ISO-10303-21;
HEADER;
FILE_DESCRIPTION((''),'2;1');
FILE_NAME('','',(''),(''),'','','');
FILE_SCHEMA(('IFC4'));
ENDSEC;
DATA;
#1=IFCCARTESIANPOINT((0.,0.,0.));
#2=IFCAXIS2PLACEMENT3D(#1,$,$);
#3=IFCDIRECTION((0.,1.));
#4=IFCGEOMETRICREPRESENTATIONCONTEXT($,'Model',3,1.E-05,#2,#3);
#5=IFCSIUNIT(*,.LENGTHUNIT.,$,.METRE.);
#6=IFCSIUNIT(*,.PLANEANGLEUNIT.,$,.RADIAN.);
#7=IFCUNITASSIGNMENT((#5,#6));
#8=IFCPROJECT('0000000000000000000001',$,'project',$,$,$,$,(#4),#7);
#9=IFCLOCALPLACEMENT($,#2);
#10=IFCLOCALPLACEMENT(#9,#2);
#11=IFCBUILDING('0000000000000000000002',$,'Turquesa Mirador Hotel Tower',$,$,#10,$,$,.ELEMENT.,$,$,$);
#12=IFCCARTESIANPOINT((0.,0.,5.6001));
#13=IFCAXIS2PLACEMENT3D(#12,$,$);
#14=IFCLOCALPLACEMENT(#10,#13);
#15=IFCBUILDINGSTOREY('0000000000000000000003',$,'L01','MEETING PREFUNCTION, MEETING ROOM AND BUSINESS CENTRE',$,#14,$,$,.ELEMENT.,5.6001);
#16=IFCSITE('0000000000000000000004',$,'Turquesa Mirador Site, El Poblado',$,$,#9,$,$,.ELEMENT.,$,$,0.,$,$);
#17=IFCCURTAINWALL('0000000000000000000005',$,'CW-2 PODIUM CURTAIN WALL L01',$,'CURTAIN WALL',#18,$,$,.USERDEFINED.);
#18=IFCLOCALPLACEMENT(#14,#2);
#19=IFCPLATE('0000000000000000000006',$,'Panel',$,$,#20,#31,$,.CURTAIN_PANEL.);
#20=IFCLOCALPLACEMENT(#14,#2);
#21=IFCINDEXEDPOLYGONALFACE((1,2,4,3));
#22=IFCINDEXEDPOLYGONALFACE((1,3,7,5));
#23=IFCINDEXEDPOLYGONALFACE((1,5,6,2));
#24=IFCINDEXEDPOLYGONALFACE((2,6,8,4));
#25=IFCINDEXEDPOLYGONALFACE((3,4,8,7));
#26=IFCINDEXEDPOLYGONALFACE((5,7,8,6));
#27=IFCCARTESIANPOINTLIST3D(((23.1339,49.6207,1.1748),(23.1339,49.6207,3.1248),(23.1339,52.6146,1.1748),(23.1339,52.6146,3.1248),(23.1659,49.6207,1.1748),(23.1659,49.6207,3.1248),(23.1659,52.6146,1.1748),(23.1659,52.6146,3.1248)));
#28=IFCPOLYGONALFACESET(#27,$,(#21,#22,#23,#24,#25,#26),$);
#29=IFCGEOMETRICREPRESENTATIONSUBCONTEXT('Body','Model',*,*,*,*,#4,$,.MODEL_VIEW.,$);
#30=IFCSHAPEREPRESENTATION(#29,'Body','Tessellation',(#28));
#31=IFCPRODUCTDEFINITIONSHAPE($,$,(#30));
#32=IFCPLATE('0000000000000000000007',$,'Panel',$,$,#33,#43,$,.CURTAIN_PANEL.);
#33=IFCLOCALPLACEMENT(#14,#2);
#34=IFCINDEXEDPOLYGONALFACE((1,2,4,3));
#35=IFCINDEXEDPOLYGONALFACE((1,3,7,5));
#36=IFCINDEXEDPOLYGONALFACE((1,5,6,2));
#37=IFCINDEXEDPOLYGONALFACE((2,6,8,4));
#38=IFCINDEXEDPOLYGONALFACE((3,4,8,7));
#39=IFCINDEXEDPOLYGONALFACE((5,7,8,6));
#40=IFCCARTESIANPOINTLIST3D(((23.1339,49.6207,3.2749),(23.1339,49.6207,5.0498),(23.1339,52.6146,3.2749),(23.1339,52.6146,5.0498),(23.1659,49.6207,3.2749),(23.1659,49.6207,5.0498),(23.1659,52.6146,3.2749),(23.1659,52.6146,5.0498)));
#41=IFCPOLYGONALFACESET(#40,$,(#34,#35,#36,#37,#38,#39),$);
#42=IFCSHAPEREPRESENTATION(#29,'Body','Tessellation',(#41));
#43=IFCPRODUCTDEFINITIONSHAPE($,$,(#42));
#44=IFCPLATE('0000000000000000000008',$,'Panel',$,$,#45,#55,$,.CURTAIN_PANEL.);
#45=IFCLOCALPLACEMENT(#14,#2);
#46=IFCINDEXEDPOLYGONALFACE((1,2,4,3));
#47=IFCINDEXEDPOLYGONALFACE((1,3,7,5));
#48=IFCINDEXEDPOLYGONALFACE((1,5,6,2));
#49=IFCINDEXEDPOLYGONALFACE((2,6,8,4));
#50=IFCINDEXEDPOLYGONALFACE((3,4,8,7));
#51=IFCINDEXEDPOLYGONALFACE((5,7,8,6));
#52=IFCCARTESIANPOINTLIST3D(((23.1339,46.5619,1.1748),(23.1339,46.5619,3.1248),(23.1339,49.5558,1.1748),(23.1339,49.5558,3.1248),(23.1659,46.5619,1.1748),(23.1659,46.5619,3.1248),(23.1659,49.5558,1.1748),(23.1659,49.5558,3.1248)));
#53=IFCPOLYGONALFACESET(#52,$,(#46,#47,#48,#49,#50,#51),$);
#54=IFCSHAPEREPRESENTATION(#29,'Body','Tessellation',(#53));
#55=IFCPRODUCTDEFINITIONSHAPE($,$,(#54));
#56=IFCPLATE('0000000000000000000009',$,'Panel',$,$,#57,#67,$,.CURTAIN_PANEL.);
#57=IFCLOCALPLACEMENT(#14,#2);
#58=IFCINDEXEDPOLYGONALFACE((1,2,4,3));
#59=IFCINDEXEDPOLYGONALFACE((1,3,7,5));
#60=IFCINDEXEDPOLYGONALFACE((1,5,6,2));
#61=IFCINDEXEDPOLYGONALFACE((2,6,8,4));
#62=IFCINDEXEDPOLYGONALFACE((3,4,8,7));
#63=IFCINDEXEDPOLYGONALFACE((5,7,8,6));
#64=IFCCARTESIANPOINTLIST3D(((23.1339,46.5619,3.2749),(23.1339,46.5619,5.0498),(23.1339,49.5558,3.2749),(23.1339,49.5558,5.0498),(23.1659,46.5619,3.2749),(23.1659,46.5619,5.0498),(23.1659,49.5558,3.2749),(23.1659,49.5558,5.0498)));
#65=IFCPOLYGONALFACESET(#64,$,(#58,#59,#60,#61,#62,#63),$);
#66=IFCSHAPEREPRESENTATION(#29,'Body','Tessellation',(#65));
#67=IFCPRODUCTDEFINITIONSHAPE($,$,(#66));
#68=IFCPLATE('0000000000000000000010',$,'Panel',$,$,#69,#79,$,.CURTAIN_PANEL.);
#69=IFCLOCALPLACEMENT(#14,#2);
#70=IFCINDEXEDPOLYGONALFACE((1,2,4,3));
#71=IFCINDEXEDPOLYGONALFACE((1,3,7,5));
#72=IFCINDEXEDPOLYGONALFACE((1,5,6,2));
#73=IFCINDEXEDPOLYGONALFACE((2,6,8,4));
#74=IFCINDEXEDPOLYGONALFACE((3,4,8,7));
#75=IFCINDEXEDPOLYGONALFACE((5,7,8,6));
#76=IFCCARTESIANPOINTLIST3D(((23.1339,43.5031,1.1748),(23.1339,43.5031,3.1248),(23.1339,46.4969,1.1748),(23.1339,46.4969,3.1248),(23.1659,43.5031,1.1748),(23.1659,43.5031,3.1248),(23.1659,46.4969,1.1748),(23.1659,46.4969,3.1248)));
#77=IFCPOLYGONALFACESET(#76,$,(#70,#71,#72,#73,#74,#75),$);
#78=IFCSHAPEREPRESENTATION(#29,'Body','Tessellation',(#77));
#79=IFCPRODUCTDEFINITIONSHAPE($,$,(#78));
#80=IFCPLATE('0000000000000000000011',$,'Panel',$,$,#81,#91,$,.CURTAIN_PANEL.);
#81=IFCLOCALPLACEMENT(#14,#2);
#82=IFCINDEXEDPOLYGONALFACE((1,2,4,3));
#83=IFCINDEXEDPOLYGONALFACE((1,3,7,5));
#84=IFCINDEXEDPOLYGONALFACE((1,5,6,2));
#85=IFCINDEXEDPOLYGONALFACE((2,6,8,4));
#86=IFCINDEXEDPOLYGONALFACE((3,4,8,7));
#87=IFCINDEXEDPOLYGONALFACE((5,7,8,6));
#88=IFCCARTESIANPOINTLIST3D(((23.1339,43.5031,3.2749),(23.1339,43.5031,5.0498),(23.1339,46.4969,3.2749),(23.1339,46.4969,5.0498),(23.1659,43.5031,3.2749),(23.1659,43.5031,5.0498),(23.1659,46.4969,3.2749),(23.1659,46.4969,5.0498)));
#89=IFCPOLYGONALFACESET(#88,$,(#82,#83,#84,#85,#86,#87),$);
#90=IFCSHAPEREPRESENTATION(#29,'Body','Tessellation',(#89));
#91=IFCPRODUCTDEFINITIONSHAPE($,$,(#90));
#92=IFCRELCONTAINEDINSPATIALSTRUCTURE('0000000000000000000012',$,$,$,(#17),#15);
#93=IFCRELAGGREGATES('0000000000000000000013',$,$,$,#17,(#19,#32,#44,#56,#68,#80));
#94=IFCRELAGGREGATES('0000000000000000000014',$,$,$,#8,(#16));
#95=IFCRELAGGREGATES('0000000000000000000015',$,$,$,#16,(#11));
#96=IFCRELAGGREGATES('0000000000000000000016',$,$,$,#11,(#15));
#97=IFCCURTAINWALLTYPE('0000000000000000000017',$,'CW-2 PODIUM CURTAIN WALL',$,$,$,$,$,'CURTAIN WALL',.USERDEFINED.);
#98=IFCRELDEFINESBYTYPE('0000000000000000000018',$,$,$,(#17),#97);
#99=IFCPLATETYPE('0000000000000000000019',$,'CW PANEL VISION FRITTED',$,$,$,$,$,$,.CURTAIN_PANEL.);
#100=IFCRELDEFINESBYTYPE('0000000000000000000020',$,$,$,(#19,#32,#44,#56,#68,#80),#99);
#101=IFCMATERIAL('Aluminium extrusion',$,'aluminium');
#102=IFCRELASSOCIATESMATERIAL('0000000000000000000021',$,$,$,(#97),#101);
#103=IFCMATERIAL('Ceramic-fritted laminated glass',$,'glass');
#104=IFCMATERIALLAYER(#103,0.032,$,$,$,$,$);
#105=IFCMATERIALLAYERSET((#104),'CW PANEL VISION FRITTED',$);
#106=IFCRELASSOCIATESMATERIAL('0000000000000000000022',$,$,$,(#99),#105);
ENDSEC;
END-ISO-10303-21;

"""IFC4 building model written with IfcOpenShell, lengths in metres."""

from ifc_helpers import new_model, si_unit, direction, frame, origin, origin_2d, place, context, subcontext, project, spatial, rectangle, extrude, material, layer, layer_set, type_object, element, aggregate, save


model = new_model("IFC4")

# Units and contexts
model_context = context("Model", 3, precision=1e-05, world=origin(), true_north=direction((0.0, 1.0)))
body_context = subcontext(model_context, "Body", "Model", "MODEL_VIEW")
ifc_project = project(units=[si_unit("LENGTHUNIT", "METRE"), si_unit("PLANEANGLEUNIT", "RADIAN")], contexts=[model_context])

# Site, building, storey
site_placement = place(None, origin())
site = spatial("IfcSite", under=ifc_project, at=site_placement, Name="Turquesa Mirador Site, El Poblado", CompositionType="ELEMENT", RefElevation=0.0)
building_placement = place(site_placement, origin())
building = spatial("IfcBuilding", under=site, at=building_placement, Name="Turquesa Mirador Hotel Tower", CompositionType="ELEMENT")
storey_placement = place(building_placement, frame((0.0, 0.0, 5.6001)))
storey = spatial("IfcBuildingStorey", under=building, at=storey_placement, Name="L01", Description="MEETING PREFUNCTION, MEETING ROOM AND BUSINESS CENTRE", CompositionType="ELEMENT", Elevation=5.6001)

# Curtain wall, plates
ifc_material_1 = material(Name="Aluminium extrusion", Category="aluminium")
curtain_wall_type = type_object("IfcCurtainWallType", Name="CW-2 PODIUM CURTAIN WALL", ElementType="CURTAIN WALL", PredefinedType="USERDEFINED", material=ifc_material_1)
curtain_wall_placement = place(storey_placement, origin())
curtain_wall = element("IfcCurtainWall", 1, at=curtain_wall_placement, inside=storey, type_object=curtain_wall_type, Name="CW-2 PODIUM CURTAIN WALL L01", ObjectType="CURTAIN WALL", PredefinedType="USERDEFINED")
ifc_material_2 = material(Name="Ceramic-fritted laminated glass", Category="glass")
ifc_layer_1 = layer(ifc_material_2, 0.032)
ifc_layer_set_1 = layer_set([ifc_layer_1], Name="CW PANEL VISION FRITTED")
plate_type_1 = type_object("IfcPlateType", Name="CW PANEL VISION FRITTED", PredefinedType="CURTAIN_PANEL", material=ifc_layer_set_1)
plate_1_placement = place(storey_placement, frame((23.1499, 51.1177, 1.1748), z_axis=(0.0, 0.0, 1.0), x_axis=(0.0, -1.0, 0.0)))
plate_1 = element("IfcPlate", 2, at=plate_1_placement, type_object=plate_type_1, Name="Panel", PredefinedType="CURTAIN_PANEL", context=body_context, shape_type="SweptSolid", body=[
    extrude(rectangle(XDim=2.9939, YDim=0.032, at=origin_2d()), origin(), (0.0, 0.0, 1.0), 1.95),
])
plate_2_placement = place(storey_placement, frame((23.1499, 51.1177, 3.2749), z_axis=(0.0, 0.0, 1.0), x_axis=(0.0, -1.0, 0.0)))
plate_2 = element("IfcPlate", 3, at=plate_2_placement, type_object=plate_type_1, Name="Panel", PredefinedType="CURTAIN_PANEL", context=body_context, shape_type="SweptSolid", body=[
    extrude(rectangle(XDim=2.9939, YDim=0.032, at=origin_2d()), origin(), (0.0, 0.0, 1.0), 1.7749),
])
plate_3_placement = place(storey_placement, frame((23.1499, 48.0588, 1.1748), z_axis=(0.0, 0.0, 1.0), x_axis=(0.0, -1.0, 0.0)))
plate_3 = element("IfcPlate", 4, at=plate_3_placement, type_object=plate_type_1, Name="Panel", PredefinedType="CURTAIN_PANEL", context=body_context, shape_type="SweptSolid", body=[
    extrude(rectangle(XDim=2.9939, YDim=0.032, at=origin_2d()), origin(), (0.0, 0.0, 1.0), 1.95),
])
plate_4_placement = place(storey_placement, frame((23.1499, 48.0588, 3.2749), z_axis=(0.0, 0.0, 1.0), x_axis=(0.0, -1.0, 0.0)))
plate_4 = element("IfcPlate", 5, at=plate_4_placement, type_object=plate_type_1, Name="Panel", PredefinedType="CURTAIN_PANEL", context=body_context, shape_type="SweptSolid", body=[
    extrude(rectangle(XDim=2.9939, YDim=0.032, at=origin_2d()), origin(), (0.0, 0.0, 1.0), 1.7749),
])
plate_5_placement = place(storey_placement, frame((23.1499, 45.0, 1.1748), z_axis=(0.0, 0.0, 1.0), x_axis=(0.0, -1.0, 0.0)))
plate_5 = element("IfcPlate", 6, at=plate_5_placement, type_object=plate_type_1, Name="Panel", PredefinedType="CURTAIN_PANEL", context=body_context, shape_type="SweptSolid", body=[
    extrude(rectangle(XDim=2.9939, YDim=0.032, at=origin_2d()), origin(), (0.0, 0.0, 1.0), 1.95),
])
plate_6_placement = place(storey_placement, frame((23.1499, 45.0, 3.2749), z_axis=(0.0, 0.0, 1.0), x_axis=(0.0, -1.0, 0.0)))
plate_6 = element("IfcPlate", 7, at=plate_6_placement, type_object=plate_type_1, Name="Panel", PredefinedType="CURTAIN_PANEL", context=body_context, shape_type="SweptSolid", body=[
    extrude(rectangle(XDim=2.9939, YDim=0.032, at=origin_2d()), origin(), (0.0, 0.0, 1.0), 1.7749),
])
aggregate(curtain_wall, [plate_1, plate_2, plate_3, plate_4, plate_5, plate_6])

save(model, "model.ifc")
